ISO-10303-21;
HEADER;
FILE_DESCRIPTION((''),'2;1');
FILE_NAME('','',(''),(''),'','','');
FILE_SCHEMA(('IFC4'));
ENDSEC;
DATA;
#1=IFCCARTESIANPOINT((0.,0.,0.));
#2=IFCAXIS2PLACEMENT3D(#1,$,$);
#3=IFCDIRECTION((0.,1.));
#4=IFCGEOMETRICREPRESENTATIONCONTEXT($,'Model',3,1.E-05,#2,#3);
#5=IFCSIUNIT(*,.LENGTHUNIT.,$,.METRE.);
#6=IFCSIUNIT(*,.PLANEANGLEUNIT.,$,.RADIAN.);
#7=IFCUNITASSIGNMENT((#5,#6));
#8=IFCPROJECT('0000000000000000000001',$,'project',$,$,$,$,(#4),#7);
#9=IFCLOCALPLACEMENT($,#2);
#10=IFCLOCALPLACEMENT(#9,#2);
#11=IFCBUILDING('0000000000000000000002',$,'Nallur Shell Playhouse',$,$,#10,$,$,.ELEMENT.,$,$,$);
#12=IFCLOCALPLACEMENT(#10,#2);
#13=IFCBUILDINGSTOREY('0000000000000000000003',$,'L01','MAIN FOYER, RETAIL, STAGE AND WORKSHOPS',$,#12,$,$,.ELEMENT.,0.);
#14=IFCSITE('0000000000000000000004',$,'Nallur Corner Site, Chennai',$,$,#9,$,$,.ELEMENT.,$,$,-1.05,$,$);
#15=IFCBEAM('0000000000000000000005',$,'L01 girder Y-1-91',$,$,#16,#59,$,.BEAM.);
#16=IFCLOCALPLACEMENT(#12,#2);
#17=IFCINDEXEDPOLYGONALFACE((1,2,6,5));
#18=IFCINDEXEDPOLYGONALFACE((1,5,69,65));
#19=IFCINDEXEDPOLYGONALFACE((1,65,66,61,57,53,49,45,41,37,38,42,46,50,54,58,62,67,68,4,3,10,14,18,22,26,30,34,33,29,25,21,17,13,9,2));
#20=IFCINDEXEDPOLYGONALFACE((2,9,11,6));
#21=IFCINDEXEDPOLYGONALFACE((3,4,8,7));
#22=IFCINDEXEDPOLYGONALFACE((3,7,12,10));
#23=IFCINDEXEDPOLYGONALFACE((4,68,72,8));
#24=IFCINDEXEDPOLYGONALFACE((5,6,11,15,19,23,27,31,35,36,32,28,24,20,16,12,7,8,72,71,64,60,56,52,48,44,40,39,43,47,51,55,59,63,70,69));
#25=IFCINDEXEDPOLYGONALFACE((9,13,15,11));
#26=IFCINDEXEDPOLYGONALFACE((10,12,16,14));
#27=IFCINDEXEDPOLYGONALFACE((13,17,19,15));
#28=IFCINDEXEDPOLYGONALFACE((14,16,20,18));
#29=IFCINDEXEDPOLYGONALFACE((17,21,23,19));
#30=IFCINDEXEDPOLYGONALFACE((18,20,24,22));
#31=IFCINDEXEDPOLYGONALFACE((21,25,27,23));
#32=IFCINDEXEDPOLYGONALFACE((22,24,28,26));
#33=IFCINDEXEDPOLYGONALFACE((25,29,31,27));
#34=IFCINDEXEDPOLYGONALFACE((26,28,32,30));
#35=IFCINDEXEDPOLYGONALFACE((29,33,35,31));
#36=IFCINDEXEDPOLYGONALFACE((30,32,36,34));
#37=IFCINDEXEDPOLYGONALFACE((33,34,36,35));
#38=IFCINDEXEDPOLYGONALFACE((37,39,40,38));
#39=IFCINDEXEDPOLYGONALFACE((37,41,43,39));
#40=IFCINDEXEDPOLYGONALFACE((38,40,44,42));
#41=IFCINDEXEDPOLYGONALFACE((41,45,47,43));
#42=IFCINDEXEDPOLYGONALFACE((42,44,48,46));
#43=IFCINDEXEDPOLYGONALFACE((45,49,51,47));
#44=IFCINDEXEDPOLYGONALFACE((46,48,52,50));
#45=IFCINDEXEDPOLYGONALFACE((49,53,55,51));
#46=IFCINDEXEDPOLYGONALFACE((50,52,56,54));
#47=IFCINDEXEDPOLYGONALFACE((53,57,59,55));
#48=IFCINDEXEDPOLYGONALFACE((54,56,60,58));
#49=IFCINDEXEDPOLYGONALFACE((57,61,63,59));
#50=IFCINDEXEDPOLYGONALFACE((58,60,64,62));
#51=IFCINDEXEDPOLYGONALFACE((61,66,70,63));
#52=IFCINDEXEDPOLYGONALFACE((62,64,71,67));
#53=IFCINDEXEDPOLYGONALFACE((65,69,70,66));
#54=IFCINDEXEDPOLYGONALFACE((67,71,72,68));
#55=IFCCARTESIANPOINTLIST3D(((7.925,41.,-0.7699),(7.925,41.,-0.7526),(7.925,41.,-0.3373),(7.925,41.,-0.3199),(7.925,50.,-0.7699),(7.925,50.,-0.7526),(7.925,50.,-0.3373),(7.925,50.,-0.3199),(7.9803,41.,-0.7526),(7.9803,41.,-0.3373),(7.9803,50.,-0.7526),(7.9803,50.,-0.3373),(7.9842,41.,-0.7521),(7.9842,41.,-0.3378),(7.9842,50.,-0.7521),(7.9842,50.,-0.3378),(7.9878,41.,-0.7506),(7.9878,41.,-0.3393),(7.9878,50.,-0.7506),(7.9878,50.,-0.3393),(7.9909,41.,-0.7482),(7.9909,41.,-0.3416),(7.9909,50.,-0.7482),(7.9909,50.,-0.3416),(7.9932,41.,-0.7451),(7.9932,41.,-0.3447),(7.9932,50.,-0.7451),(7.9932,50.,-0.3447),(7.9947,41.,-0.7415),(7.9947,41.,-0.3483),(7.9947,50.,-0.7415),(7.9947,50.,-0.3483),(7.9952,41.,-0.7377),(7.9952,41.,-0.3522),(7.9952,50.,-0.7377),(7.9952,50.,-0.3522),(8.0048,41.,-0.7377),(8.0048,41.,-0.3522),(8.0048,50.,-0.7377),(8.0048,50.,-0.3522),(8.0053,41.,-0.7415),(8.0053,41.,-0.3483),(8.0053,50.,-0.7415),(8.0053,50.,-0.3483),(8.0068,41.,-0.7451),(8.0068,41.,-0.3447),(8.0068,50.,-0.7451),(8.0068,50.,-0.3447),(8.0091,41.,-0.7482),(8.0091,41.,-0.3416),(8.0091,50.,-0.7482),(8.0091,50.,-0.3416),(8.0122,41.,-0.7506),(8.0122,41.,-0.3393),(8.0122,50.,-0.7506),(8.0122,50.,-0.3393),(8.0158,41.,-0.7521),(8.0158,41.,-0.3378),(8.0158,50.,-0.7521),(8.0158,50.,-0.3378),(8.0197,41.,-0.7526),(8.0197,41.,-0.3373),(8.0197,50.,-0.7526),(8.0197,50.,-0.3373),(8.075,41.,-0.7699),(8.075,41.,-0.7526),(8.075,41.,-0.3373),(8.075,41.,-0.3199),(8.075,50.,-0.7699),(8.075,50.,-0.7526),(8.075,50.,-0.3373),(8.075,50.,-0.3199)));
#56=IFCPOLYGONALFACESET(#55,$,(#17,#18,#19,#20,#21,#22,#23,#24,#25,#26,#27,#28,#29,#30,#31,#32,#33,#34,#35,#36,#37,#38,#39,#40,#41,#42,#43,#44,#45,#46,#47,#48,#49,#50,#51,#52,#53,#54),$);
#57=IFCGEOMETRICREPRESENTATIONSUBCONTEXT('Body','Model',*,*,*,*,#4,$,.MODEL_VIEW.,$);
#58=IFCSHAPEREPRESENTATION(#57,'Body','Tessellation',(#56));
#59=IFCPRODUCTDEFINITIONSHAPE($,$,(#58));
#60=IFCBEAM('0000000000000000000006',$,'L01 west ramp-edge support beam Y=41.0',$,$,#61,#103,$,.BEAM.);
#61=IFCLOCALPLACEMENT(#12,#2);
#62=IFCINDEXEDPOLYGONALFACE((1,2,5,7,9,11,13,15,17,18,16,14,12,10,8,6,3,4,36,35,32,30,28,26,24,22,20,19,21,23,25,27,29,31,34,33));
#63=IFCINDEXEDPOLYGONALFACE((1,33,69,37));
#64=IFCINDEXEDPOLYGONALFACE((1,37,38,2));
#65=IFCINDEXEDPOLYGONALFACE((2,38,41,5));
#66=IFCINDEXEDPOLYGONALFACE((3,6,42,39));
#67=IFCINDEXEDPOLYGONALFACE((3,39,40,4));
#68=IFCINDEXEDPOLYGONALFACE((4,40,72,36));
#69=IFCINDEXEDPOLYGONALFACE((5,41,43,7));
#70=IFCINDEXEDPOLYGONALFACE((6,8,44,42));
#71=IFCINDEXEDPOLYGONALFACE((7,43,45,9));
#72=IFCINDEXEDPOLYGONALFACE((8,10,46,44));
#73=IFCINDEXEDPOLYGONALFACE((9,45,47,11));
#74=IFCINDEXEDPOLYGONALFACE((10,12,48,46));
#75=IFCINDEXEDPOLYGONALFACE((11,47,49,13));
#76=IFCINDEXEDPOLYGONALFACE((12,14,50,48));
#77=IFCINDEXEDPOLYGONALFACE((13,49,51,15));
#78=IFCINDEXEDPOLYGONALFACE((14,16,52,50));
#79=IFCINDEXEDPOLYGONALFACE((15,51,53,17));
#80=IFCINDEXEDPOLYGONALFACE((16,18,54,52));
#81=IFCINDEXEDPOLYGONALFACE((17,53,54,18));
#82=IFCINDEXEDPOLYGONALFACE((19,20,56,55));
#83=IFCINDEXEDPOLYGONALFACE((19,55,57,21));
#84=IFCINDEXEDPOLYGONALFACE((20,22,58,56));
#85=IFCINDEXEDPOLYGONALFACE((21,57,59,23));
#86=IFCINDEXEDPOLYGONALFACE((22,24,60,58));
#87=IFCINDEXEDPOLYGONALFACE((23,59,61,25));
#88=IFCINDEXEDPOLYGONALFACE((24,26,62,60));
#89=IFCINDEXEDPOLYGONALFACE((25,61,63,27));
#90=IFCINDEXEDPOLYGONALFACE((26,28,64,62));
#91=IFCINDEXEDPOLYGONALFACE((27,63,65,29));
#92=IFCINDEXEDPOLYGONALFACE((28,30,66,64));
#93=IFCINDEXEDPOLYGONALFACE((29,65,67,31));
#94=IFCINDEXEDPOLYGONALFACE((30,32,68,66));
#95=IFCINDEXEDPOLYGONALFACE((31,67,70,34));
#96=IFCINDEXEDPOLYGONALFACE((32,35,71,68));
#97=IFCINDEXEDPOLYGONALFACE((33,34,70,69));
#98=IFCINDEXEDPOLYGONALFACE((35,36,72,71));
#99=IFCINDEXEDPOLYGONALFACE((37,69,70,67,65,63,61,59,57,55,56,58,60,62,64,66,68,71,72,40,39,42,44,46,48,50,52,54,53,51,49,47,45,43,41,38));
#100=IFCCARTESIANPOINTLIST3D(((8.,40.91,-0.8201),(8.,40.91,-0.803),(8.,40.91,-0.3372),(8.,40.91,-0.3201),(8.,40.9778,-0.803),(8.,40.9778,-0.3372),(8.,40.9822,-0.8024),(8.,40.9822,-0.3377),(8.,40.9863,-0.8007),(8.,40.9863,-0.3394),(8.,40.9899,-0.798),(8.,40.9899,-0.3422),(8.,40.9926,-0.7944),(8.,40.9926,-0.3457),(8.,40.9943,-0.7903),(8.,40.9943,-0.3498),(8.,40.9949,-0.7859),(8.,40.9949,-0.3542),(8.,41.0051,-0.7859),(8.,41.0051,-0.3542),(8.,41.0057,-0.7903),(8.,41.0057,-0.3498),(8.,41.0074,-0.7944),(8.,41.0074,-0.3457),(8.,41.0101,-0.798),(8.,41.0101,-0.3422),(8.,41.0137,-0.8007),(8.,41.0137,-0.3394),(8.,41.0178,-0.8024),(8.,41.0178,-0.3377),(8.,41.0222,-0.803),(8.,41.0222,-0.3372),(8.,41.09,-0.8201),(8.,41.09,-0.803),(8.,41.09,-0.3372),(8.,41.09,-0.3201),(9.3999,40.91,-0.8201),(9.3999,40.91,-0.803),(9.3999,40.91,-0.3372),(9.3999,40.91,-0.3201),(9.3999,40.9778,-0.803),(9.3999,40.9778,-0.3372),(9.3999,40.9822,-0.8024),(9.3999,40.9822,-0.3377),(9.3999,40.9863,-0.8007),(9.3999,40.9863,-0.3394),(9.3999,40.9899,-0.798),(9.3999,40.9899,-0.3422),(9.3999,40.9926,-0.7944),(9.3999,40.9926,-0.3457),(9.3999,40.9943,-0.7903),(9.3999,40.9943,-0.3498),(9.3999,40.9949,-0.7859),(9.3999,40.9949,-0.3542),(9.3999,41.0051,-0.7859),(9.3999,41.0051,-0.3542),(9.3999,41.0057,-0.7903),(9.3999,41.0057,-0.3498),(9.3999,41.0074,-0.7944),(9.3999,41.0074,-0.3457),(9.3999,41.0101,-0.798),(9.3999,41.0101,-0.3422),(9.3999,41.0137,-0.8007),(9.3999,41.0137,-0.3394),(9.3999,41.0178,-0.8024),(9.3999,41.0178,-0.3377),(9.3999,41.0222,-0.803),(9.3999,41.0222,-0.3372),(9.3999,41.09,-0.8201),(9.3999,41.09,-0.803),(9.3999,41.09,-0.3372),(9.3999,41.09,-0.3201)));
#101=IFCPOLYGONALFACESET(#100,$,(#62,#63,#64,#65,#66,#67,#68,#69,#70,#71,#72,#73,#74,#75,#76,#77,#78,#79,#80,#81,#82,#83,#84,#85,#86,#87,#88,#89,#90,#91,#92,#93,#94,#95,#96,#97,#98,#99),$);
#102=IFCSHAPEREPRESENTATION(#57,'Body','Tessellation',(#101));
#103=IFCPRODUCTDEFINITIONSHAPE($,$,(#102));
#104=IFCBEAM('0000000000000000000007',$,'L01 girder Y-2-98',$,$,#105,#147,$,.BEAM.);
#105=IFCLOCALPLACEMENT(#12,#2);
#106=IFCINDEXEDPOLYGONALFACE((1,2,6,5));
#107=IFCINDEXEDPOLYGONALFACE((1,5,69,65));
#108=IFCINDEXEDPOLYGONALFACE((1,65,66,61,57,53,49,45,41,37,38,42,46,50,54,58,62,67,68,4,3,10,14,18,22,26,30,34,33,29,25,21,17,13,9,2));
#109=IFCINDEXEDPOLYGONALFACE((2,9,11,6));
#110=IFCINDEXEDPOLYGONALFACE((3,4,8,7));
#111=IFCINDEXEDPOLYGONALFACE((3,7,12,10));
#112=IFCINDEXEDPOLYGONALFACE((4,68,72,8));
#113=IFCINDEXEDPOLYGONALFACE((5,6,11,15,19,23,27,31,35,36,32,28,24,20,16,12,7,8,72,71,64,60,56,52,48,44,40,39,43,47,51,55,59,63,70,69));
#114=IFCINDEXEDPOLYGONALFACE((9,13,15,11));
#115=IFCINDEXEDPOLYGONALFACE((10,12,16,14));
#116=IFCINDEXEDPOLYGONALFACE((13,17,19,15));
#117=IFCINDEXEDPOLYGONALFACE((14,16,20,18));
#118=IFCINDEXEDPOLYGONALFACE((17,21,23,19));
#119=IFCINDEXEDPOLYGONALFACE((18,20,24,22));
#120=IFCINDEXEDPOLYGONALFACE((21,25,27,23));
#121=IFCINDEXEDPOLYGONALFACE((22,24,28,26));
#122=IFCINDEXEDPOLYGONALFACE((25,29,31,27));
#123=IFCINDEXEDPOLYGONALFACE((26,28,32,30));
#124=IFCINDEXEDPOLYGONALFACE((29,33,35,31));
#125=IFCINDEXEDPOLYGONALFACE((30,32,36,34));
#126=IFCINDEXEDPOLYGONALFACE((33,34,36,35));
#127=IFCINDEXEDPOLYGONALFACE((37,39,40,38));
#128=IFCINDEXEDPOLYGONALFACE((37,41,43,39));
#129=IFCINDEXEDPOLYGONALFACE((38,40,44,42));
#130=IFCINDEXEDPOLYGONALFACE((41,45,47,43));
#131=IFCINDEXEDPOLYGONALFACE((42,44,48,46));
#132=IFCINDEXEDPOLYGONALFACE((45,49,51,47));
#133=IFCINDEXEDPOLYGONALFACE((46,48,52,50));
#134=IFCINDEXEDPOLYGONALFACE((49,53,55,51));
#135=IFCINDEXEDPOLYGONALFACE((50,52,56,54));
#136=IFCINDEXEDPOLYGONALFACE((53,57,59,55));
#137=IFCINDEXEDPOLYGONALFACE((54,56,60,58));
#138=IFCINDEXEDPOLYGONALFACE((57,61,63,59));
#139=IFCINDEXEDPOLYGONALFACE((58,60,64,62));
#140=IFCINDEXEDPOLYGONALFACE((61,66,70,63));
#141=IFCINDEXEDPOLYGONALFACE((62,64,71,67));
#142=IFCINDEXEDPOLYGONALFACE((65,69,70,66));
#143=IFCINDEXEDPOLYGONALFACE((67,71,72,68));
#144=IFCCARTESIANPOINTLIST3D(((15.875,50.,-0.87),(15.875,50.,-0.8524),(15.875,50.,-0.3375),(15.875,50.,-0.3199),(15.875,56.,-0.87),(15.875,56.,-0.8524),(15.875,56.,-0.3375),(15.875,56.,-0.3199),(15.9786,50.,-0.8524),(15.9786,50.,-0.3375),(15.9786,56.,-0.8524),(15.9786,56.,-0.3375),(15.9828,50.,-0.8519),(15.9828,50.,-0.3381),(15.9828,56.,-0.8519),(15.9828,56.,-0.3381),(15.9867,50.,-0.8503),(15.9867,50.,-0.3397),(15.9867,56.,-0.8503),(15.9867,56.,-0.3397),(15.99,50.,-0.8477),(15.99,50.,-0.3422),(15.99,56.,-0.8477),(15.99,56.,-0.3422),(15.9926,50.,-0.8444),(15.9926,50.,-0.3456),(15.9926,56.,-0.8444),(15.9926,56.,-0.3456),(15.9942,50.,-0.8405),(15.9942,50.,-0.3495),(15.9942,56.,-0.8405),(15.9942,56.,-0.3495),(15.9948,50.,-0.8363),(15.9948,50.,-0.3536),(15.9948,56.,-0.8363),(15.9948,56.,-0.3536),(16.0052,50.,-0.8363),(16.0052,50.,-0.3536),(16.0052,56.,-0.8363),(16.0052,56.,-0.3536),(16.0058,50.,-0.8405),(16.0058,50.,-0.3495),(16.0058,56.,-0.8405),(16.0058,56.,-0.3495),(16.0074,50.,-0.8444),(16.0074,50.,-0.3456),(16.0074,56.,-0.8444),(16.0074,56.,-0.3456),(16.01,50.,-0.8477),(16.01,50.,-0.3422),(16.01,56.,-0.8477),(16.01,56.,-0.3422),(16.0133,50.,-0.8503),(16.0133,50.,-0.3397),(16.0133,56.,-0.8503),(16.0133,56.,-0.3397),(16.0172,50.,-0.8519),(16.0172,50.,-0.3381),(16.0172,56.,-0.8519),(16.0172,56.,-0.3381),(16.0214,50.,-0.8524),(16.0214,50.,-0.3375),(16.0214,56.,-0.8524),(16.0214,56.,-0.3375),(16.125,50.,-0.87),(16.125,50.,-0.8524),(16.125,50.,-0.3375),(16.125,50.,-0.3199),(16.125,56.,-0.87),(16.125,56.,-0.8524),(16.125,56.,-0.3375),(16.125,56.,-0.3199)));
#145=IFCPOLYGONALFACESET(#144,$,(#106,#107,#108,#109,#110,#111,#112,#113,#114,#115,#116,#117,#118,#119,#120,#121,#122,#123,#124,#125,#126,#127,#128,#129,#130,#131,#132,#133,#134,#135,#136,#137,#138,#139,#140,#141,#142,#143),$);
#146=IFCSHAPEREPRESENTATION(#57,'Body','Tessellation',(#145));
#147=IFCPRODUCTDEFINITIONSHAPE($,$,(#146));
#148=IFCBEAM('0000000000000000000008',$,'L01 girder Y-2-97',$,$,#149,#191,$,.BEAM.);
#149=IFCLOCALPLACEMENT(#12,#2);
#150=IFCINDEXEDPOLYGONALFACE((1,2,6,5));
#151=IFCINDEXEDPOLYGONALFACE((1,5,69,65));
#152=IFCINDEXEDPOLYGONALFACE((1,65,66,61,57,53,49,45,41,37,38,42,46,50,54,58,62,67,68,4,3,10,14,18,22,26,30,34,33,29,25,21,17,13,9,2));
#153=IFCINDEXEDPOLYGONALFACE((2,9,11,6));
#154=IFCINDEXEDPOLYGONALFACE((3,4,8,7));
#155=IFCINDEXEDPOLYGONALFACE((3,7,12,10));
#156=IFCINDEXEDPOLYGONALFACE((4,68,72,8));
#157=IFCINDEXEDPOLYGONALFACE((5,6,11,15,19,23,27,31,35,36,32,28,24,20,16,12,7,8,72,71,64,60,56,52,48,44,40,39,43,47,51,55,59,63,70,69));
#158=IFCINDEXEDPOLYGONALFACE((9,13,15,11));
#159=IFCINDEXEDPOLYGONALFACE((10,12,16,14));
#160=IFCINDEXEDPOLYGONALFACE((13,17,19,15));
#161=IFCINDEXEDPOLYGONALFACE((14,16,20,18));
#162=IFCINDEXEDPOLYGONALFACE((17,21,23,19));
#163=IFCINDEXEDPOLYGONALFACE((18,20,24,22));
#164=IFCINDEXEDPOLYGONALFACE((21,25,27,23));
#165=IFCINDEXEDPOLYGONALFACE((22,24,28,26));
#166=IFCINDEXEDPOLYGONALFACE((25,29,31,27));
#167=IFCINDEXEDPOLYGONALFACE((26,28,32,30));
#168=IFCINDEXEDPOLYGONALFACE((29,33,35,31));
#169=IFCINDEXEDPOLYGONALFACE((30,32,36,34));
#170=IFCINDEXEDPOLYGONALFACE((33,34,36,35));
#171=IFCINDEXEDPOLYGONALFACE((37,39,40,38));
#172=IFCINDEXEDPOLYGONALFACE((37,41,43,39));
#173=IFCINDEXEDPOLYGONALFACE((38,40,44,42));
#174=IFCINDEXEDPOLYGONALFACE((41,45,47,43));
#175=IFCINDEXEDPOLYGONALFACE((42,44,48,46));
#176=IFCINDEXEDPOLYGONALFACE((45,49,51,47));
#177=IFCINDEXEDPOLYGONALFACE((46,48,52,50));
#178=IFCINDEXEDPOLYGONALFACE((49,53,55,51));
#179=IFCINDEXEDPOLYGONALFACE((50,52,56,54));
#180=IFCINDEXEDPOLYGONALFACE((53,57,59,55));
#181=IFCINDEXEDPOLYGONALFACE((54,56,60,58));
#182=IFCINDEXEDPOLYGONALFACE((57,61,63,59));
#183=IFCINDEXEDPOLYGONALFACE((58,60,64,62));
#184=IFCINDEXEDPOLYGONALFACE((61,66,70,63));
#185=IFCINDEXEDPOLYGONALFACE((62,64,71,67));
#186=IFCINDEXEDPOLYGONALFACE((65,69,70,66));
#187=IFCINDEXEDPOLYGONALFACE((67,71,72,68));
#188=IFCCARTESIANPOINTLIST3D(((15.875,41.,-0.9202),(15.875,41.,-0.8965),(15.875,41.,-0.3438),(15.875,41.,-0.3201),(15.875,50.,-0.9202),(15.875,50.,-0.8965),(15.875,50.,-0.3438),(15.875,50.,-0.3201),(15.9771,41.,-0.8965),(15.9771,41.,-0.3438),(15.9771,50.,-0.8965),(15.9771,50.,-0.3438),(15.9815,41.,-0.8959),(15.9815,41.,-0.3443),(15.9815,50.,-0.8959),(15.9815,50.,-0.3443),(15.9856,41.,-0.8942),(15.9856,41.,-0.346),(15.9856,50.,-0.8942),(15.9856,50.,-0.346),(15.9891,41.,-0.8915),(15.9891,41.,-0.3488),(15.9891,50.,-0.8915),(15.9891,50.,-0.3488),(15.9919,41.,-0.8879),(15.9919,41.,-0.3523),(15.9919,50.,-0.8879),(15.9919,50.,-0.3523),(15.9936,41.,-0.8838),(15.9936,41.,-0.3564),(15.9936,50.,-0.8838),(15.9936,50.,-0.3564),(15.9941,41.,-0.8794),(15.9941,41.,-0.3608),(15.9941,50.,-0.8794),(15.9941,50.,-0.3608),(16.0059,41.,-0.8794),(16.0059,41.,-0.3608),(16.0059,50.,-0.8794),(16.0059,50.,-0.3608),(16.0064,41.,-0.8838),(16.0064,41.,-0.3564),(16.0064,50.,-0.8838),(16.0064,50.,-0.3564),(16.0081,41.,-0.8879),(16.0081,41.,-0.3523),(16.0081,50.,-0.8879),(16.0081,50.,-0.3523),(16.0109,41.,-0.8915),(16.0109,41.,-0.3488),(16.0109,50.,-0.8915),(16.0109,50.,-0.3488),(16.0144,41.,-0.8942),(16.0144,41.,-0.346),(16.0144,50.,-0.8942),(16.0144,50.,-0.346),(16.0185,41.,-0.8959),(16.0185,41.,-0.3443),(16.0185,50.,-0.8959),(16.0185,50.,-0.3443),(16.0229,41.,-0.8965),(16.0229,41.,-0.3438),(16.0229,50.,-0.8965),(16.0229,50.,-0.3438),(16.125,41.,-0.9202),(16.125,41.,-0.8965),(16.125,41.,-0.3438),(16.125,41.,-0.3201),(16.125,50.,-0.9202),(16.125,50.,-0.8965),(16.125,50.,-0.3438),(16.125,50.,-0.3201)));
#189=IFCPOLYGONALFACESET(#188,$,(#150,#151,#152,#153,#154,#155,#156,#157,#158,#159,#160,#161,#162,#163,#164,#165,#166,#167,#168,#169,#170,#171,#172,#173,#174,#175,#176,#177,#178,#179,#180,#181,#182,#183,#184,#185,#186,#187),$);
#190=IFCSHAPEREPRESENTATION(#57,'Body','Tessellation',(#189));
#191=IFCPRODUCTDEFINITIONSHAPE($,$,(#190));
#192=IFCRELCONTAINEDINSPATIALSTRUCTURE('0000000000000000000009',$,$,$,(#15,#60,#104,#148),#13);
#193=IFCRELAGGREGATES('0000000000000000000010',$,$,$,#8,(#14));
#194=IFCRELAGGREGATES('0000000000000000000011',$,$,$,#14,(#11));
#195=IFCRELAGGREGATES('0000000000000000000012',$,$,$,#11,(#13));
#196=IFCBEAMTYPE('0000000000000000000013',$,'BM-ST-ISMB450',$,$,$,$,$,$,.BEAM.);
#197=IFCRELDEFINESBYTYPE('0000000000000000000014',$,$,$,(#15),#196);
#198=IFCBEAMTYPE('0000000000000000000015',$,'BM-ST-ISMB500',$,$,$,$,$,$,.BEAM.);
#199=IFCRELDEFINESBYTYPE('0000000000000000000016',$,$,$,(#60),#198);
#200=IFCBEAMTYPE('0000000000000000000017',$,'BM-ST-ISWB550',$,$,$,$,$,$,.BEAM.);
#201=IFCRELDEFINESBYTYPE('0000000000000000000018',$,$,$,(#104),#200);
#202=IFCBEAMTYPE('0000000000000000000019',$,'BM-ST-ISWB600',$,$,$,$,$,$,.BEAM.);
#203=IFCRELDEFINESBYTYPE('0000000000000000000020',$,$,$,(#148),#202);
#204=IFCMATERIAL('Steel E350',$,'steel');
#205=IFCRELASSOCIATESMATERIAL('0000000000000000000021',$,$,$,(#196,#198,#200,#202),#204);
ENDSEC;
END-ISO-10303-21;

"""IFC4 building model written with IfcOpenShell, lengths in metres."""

from ifc_helpers import new_model, si_unit, direction, frame, origin, origin_2d, place, context, subcontext, project, spatial, i_section, extrude, material, material_profile, profile_set, type_object, element, save


model = new_model("IFC4")

# Units and contexts
model_context = context("Model", 3, precision=1e-05, world=origin(), true_north=direction((0.0, 1.0)))
body_context = subcontext(model_context, "Body", "Model", "MODEL_VIEW")
ifc_project = project(units=[si_unit("LENGTHUNIT", "METRE"), si_unit("PLANEANGLEUNIT", "RADIAN")], contexts=[model_context])

# Site, building, storey
site_placement = place(None, origin())
site = spatial("IfcSite", under=ifc_project, at=site_placement, Name="Nallur Corner Site, Chennai", CompositionType="ELEMENT", RefElevation=-1.05)
building_placement = place(site_placement, origin())
building = spatial("IfcBuilding", under=site, at=building_placement, Name="Nallur Shell Playhouse", CompositionType="ELEMENT")
storey_placement = place(building_placement, origin())
storey = spatial("IfcBuildingStorey", under=building, at=storey_placement, Name="L01", Description="MAIN FOYER, RETAIL, STAGE AND WORKSHOPS", CompositionType="ELEMENT", Elevation=0.0)

# Beams
ifc_material_1 = material(Name="Steel E350", Category="steel")
ifc_material_profile_1 = material_profile(ifc_material_1, i_section(OverallWidth=0.1499, OverallDepth=0.45, WebThickness=0.0095, FlangeThickness=0.0173, FilletRadius=0.0149, at=origin_2d()), Name="ISMB 450")
ifc_profile_set_1 = profile_set([ifc_material_profile_1], Name="Steel E350")
beam_type_1 = type_object("IfcBeamType", Name="BM-ST-ISMB450", PredefinedType="BEAM", material=ifc_profile_set_1)
beam_1_placement = place(storey_placement, frame((8.0, 41.0, -0.5449), z_axis=(0.0, 1.0, 0.0), x_axis=(-1.0, 0.0, 0.0)))
element("IfcBeam", 1, at=beam_1_placement, inside=storey, type_object=beam_type_1, Name="L01 girder Y-1-91", PredefinedType="BEAM", context=body_context, shape_type="SweptSolid", body=[
    extrude(i_section(OverallWidth=0.1499, OverallDepth=0.45, WebThickness=0.0095, FlangeThickness=0.0173, FilletRadius=0.0149, at=origin_2d()), origin(), (0.0, 0.0, 1.0), 9.0),
])
ifc_material_profile_2 = material_profile(ifc_material_1, i_section(OverallWidth=0.1799, OverallDepth=0.5, WebThickness=0.0103, FlangeThickness=0.0171, FilletRadius=0.0171, at=origin_2d()), Name="ISMB 500")
ifc_profile_set_2 = profile_set([ifc_material_profile_2], Name="Steel E350")
beam_type_2 = type_object("IfcBeamType", Name="BM-ST-ISMB500", PredefinedType="BEAM", material=ifc_profile_set_2)
beam_2_placement = place(storey_placement, frame((8.0, 41.0, -0.5701), z_axis=(1.0, 0.0, 0.0), x_axis=(0.0, 1.0, 0.0)))
element("IfcBeam", 2, at=beam_2_placement, inside=storey, type_object=beam_type_2, Name="L01 west ramp-edge support beam Y=41.0", PredefinedType="BEAM", context=body_context, shape_type="SweptSolid", body=[
    extrude(i_section(OverallWidth=0.1799, OverallDepth=0.5, WebThickness=0.0103, FlangeThickness=0.0171, FilletRadius=0.0171, at=origin_2d()), origin(), (0.0, 0.0, 1.0), 1.3999),
])
ifc_material_profile_3 = material_profile(ifc_material_1, i_section(OverallWidth=0.25, OverallDepth=0.55, WebThickness=0.0105, FlangeThickness=0.0176, FilletRadius=0.0161, at=origin_2d()), Name="ISWB 550")
ifc_profile_set_3 = profile_set([ifc_material_profile_3], Name="Steel E350")
beam_type_3 = type_object("IfcBeamType", Name="BM-ST-ISWB550", PredefinedType="BEAM", material=ifc_profile_set_3)
beam_3_placement = place(storey_placement, frame((16.0, 50.0, -0.595), z_axis=(0.0, 1.0, 0.0), x_axis=(-1.0, 0.0, 0.0)))
element("IfcBeam", 3, at=beam_3_placement, inside=storey, type_object=beam_type_3, Name="L01 girder Y-2-98", PredefinedType="BEAM", context=body_context, shape_type="SweptSolid", body=[
    extrude(i_section(OverallWidth=0.25, OverallDepth=0.55, WebThickness=0.0105, FlangeThickness=0.0176, FilletRadius=0.0161, at=origin_2d()), origin(), (0.0, 0.0, 1.0), 6.0),
])
ifc_material_profile_4 = material_profile(ifc_material_1, i_section(OverallWidth=0.25, OverallDepth=0.6001, WebThickness=0.0117, FlangeThickness=0.0237, FilletRadius=0.0171, at=origin_2d()), Name="ISWB 600")
ifc_profile_set_4 = profile_set([ifc_material_profile_4], Name="Steel E350")
beam_type_4 = type_object("IfcBeamType", Name="BM-ST-ISWB600", PredefinedType="BEAM", material=ifc_profile_set_4)
beam_4_placement = place(storey_placement, frame((16.0, 41.0, -0.6201), z_axis=(0.0, 1.0, 0.0), x_axis=(-1.0, 0.0, 0.0)))
element("IfcBeam", 4, at=beam_4_placement, inside=storey, type_object=beam_type_4, Name="L01 girder Y-2-97", PredefinedType="BEAM", context=body_context, shape_type="SweptSolid", body=[
    extrude(i_section(OverallWidth=0.25, OverallDepth=0.6001, WebThickness=0.0117, FlangeThickness=0.0237, FilletRadius=0.0171, at=origin_2d()), origin(), (0.0, 0.0, 1.0), 9.0),
])

save(model, "model.ifc")
